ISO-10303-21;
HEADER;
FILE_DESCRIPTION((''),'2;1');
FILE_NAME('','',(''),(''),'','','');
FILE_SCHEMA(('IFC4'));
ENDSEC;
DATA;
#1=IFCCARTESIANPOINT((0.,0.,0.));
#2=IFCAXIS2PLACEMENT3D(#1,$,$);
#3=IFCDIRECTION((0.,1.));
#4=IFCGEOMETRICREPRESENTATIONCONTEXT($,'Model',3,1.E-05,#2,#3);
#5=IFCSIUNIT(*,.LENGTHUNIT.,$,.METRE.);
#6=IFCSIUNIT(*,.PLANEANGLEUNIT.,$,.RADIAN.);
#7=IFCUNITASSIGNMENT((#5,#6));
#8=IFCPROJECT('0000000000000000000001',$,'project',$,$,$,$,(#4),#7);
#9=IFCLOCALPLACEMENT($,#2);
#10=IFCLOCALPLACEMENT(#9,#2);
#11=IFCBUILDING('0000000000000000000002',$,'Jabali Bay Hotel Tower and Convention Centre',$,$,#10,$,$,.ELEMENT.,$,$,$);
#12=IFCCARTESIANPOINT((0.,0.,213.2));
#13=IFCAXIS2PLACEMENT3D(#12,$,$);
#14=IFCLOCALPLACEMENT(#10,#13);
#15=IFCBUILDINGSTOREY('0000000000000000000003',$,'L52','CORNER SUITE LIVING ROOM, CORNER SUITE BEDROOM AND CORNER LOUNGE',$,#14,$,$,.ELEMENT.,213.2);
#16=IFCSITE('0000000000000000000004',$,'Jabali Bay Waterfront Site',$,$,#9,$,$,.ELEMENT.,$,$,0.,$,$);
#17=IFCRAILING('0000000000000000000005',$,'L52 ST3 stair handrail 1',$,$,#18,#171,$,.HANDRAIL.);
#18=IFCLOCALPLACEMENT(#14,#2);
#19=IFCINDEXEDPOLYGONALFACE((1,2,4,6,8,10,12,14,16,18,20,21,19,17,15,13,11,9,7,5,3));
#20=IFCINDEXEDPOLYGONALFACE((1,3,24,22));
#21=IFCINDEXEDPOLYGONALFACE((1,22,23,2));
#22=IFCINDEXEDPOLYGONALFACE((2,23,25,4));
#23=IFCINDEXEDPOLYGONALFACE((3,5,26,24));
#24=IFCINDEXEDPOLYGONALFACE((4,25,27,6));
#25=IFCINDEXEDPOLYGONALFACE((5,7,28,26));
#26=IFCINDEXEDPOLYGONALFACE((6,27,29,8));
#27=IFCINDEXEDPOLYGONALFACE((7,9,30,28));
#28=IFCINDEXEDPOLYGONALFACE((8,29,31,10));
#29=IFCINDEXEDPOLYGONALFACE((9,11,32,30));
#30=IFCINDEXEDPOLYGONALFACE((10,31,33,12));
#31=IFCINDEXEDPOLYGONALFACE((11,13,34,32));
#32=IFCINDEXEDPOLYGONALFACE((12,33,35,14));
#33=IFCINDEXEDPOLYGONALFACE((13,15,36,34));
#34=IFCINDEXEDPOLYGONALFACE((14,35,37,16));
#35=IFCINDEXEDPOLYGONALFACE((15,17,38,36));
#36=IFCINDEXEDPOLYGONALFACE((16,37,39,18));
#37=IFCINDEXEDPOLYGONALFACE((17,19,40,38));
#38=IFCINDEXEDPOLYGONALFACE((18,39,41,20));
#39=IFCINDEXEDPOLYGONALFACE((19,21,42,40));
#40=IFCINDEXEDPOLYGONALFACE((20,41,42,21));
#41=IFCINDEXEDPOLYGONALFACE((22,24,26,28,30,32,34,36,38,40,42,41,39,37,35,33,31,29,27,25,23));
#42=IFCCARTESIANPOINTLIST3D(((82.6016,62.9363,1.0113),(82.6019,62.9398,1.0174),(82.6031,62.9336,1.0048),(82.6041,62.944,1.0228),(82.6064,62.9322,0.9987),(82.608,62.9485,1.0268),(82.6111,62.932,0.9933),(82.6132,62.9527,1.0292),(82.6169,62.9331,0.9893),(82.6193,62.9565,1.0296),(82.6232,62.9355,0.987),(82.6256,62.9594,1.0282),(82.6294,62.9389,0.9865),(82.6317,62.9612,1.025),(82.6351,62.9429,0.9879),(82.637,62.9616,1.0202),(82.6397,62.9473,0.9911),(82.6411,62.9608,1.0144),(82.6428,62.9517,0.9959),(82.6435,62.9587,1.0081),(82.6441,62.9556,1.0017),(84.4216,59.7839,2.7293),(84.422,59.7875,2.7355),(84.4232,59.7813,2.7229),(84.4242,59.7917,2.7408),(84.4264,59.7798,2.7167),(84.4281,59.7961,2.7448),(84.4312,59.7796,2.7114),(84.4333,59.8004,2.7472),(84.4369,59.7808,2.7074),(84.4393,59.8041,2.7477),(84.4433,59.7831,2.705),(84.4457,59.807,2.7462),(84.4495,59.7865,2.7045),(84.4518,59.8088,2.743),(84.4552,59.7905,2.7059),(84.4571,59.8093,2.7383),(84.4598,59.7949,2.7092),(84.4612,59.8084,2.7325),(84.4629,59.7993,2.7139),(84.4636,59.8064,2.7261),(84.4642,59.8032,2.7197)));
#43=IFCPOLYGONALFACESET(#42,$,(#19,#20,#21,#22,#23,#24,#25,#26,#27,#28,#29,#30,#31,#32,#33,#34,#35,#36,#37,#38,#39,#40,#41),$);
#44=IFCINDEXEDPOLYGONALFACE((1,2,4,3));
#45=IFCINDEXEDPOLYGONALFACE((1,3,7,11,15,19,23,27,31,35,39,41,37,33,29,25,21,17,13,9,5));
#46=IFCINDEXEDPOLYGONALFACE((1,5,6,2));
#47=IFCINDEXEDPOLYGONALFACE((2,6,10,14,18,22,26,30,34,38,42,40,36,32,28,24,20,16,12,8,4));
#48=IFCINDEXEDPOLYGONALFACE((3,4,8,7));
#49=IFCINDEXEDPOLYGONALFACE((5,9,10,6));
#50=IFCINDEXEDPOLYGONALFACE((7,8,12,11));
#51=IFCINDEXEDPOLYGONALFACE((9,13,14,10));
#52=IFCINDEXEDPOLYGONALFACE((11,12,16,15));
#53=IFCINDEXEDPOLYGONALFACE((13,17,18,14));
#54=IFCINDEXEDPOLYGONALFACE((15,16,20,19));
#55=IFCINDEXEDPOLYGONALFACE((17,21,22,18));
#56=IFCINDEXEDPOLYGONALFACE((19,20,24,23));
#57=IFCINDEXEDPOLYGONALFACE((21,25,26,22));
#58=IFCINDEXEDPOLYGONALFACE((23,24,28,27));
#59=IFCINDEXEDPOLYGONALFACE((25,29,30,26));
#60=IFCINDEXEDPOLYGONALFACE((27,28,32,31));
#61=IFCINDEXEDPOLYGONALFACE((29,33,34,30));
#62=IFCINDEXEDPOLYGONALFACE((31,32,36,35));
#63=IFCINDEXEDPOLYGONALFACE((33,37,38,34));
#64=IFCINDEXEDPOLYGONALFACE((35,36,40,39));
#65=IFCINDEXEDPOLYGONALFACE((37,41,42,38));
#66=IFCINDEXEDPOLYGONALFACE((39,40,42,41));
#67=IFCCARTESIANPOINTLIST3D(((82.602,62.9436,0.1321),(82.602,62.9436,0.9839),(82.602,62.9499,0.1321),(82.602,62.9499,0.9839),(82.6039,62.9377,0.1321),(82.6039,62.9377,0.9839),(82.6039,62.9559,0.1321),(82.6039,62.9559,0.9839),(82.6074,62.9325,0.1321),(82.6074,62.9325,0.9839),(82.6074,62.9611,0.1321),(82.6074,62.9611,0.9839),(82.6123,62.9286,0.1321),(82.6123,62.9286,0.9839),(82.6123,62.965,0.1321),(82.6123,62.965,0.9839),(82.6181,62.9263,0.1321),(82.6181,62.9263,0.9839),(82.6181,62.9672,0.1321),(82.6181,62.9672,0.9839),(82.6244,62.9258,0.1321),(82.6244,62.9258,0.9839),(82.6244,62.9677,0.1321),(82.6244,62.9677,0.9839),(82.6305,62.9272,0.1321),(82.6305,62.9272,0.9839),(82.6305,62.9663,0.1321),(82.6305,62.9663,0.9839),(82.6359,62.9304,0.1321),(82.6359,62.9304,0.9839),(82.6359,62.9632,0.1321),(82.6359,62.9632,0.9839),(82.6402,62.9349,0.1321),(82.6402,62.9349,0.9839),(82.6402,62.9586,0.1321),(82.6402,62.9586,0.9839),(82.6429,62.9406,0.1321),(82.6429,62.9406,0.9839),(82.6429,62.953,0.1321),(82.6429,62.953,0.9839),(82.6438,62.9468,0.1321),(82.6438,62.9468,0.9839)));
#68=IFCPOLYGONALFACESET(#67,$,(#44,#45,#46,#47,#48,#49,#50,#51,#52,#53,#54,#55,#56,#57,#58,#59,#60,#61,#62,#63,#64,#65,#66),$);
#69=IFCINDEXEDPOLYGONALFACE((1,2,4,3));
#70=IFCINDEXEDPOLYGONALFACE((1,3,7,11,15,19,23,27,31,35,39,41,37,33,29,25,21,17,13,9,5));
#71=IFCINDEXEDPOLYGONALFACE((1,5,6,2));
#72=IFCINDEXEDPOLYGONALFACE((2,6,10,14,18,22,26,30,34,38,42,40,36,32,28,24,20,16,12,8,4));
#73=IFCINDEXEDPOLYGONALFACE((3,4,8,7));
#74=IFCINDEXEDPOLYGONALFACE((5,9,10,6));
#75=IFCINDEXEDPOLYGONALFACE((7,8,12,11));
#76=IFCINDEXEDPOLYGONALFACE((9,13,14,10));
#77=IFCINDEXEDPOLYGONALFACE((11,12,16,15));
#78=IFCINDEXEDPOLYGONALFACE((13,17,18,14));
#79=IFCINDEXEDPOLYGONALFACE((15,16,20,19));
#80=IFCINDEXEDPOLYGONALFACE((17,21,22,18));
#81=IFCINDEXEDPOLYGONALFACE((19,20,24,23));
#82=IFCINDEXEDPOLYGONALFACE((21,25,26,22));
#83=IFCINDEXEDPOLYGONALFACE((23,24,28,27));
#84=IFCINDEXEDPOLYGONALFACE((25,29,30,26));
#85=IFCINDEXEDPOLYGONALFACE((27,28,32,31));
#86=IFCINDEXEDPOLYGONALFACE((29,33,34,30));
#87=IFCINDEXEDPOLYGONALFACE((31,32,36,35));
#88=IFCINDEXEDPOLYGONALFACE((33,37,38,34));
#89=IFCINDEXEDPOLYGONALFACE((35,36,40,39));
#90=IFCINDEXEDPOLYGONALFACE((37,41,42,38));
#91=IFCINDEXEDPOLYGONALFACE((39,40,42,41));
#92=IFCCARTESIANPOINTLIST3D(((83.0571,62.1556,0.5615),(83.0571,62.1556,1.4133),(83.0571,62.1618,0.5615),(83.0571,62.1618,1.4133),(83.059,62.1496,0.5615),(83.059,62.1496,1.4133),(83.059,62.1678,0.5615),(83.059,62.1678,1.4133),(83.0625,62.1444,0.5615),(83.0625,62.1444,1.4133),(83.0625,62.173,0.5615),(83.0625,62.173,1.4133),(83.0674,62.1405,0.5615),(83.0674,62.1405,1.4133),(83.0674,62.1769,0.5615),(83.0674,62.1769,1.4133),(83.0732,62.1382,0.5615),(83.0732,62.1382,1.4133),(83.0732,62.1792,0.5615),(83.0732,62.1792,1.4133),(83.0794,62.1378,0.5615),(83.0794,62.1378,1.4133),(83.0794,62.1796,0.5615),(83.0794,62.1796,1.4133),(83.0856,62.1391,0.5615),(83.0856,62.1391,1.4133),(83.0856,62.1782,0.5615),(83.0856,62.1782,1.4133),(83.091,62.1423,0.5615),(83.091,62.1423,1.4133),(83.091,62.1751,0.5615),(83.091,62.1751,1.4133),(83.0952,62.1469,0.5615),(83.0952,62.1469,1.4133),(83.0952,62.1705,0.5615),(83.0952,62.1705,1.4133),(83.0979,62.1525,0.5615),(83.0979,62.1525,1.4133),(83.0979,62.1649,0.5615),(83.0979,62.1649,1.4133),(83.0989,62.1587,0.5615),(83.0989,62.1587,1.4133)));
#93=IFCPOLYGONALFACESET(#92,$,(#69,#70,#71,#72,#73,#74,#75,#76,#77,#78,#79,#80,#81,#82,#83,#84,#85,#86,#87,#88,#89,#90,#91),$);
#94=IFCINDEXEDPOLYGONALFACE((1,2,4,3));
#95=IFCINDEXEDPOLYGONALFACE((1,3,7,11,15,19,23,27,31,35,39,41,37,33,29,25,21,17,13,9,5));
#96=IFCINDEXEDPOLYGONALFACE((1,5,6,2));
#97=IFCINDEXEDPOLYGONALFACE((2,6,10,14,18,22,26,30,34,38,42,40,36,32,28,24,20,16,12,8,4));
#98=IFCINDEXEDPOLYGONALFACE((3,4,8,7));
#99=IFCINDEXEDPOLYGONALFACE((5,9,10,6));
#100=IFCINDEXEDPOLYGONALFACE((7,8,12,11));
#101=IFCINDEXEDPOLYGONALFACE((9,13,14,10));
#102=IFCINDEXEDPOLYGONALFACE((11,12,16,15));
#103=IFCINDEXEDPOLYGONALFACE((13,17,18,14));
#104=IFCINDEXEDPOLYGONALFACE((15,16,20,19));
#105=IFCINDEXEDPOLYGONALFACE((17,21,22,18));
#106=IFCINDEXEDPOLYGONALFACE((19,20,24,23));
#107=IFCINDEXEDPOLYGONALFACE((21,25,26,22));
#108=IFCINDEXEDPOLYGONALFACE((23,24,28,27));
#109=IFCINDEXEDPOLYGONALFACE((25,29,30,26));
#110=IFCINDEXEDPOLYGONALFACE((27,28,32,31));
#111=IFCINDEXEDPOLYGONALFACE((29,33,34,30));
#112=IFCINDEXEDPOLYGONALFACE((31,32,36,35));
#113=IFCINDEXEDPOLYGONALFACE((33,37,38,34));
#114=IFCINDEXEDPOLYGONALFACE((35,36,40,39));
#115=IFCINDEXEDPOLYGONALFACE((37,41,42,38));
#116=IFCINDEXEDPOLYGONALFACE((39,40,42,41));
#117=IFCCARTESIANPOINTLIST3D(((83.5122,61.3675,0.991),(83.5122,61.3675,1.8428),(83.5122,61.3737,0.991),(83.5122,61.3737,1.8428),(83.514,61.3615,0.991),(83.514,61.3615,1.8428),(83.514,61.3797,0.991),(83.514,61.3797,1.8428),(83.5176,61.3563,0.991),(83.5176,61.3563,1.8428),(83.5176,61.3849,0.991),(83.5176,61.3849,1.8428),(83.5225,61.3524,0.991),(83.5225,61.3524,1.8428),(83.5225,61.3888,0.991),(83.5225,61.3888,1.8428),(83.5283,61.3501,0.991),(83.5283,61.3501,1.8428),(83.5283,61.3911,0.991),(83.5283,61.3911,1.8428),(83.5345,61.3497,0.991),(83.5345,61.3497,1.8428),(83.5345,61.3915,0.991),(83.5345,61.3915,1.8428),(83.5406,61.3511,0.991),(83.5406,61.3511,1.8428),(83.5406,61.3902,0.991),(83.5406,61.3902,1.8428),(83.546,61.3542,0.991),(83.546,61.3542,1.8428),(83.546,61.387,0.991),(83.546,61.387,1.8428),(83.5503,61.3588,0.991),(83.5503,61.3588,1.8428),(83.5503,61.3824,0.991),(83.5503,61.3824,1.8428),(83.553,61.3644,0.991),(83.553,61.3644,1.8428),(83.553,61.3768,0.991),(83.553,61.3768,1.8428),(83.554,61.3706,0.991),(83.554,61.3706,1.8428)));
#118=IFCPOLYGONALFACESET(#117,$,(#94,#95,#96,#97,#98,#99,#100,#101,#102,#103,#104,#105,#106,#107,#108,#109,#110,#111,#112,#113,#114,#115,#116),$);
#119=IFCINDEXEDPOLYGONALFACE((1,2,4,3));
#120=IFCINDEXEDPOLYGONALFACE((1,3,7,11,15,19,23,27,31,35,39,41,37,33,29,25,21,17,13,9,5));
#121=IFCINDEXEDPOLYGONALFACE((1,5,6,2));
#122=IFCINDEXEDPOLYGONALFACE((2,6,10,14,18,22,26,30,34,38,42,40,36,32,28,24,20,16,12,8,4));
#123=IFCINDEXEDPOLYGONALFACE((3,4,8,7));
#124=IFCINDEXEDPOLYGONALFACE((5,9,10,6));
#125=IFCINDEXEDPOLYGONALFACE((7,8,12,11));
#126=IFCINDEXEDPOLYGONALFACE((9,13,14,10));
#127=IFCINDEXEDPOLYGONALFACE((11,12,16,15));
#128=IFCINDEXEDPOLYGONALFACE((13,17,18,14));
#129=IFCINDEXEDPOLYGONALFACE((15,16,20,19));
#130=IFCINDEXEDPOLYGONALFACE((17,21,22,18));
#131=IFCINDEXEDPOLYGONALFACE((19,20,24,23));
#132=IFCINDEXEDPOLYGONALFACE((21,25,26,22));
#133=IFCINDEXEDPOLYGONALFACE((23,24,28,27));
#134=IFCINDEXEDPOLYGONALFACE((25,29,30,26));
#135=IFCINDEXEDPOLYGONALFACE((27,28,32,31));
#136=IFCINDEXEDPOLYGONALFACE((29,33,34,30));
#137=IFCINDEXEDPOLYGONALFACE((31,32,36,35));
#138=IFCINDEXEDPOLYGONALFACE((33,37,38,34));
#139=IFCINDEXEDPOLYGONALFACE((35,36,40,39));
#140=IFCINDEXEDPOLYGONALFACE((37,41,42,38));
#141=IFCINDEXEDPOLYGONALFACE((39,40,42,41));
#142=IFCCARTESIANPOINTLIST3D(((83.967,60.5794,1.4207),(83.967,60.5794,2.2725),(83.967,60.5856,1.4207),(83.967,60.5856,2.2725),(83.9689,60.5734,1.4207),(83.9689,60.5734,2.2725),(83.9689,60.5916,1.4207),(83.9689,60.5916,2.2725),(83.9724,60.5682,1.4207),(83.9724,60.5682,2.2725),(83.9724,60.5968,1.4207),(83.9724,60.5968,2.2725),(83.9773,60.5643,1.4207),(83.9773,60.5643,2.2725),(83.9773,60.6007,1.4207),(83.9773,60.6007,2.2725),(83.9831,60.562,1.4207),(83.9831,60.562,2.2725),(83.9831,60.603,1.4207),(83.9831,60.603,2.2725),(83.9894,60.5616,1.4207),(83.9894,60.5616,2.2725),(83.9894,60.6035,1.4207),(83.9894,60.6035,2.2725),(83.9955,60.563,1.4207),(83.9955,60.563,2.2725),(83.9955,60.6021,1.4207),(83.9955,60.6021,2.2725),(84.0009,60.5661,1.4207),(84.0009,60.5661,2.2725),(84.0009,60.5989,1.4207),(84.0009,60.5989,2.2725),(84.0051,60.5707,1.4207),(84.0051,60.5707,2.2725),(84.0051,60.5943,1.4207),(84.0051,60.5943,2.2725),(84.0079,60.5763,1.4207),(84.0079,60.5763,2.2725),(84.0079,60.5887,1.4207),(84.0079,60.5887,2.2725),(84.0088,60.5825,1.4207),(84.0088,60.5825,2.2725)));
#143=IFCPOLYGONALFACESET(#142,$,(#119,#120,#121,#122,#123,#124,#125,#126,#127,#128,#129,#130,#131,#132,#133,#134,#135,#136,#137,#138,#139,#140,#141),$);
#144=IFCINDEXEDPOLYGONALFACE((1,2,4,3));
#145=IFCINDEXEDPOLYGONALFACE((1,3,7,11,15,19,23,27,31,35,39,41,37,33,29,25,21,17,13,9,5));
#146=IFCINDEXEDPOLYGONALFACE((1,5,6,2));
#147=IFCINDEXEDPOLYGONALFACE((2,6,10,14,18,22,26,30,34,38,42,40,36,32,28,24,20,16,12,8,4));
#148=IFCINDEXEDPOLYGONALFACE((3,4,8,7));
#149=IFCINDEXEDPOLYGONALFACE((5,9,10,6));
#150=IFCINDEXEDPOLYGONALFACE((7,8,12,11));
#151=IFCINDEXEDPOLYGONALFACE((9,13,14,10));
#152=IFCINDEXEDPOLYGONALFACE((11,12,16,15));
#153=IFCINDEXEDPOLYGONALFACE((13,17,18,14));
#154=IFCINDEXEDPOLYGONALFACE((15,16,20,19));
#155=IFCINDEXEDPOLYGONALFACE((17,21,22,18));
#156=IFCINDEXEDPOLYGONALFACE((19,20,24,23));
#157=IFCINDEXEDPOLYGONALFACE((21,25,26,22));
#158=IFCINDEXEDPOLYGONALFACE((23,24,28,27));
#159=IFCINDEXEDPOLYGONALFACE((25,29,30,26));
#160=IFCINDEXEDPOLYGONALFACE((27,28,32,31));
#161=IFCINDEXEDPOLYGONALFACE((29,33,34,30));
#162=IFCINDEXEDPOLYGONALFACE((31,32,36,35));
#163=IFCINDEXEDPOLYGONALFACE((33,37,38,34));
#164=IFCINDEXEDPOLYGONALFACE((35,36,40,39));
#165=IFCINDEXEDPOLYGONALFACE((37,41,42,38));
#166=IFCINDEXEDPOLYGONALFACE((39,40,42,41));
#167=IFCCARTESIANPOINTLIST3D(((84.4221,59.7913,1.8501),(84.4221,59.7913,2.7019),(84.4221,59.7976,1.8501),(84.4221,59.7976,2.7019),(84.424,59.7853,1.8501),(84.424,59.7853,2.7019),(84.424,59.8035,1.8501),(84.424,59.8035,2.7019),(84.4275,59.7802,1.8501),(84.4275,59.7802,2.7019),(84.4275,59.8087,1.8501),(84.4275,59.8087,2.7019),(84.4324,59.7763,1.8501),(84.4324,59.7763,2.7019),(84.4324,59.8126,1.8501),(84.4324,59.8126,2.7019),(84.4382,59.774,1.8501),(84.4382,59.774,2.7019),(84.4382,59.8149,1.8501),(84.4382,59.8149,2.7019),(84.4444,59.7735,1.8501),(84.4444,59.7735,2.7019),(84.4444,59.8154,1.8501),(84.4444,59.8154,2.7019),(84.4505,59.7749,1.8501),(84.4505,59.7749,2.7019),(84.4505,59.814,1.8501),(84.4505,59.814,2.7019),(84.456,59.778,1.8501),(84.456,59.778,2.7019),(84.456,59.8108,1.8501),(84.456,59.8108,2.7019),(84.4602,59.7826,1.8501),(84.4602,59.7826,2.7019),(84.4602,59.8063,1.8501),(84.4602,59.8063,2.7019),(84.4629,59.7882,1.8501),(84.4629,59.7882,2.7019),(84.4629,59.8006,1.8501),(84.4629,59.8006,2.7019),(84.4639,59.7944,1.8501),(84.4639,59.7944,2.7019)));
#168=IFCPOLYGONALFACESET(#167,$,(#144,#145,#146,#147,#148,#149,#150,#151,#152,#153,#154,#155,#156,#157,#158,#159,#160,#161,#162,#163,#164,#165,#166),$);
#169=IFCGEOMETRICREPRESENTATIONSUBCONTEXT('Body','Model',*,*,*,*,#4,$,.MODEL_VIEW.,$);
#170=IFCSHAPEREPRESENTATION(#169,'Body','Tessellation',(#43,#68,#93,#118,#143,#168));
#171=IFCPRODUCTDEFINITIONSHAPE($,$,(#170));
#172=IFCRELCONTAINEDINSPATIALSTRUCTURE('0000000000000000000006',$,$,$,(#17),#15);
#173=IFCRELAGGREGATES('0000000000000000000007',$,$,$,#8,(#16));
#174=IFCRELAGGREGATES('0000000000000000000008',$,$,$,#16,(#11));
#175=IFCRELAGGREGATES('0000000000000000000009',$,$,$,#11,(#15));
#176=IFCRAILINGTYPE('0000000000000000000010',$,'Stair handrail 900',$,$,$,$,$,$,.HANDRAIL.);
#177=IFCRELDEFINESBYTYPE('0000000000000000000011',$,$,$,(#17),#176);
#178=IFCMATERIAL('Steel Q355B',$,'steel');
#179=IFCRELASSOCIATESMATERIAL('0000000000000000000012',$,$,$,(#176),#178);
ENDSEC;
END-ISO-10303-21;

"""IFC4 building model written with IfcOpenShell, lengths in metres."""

from ifc_helpers import new_model, si_unit, direction, frame, origin, origin_2d, place, context, subcontext, project, spatial, circle, extrude, material, type_object, element, save


model = new_model("IFC4")

# Units and contexts
model_context = context("Model", 3, precision=1e-05, world=origin(), true_north=direction((0.0, 1.0)))
body_context = subcontext(model_context, "Body", "Model", "MODEL_VIEW")
ifc_project = project(units=[si_unit("LENGTHUNIT", "METRE"), si_unit("PLANEANGLEUNIT", "RADIAN")], contexts=[model_context])

# Site, building, storey
site_placement = place(None, origin())
site = spatial("IfcSite", under=ifc_project, at=site_placement, Name="Jabali Bay Waterfront Site", CompositionType="ELEMENT", RefElevation=0.0)
building_placement = place(site_placement, origin())
building = spatial("IfcBuilding", under=site, at=building_placement, Name="Jabali Bay Hotel Tower and Convention Centre", CompositionType="ELEMENT")
storey_placement = place(building_placement, frame((0.0, 0.0, 213.2)))
storey = spatial("IfcBuildingStorey", under=building, at=storey_placement, Name="L52", Description="CORNER SUITE LIVING ROOM, CORNER SUITE BEDROOM AND CORNER LOUNGE", CompositionType="ELEMENT", Elevation=213.2)

# Railing
ifc_material_1 = material(Name="Steel Q355B", Category="steel")
railing_type_1 = type_object("IfcRailingType", Name="Stair handrail 900", PredefinedType="HANDRAIL", material=ifc_material_1)
railing_1_placement = place(storey_placement, frame((82.6228, 62.9468, 0.1321)))
element("IfcRailing", 1, at=railing_1_placement, inside=storey, type_object=railing_type_1, Name="L52 ST3 stair handrail 1", PredefinedType="HANDRAIL", context=body_context, shape_type="SweptSolid", body=[
    extrude(circle(Radius=0.0239, at=origin_2d()), frame((0.0, 0.0, 0.876), z_axis=(0.452179, -0.78317, 0.426825), x_axis=(0.866018, 0.500013, 0.0)), (0.0, 0.0, 1.0), 4.0251),
    extrude(circle(Radius=0.021, at=origin_2d()), origin(), (0.0, 0.0, 1.0), 0.8518),
    extrude(circle(Radius=0.021, at=origin_2d()), frame((0.4551, -0.7881, 0.4294)), (0.0, 0.0, 1.0), 0.8518),
    extrude(circle(Radius=0.021, at=origin_2d()), frame((0.9102, -1.5762, 0.8589)), (0.0, 0.0, 1.0), 0.8518),
    extrude(circle(Radius=0.021, at=origin_2d()), frame((1.365, -2.3643, 1.2886)), (0.0, 0.0, 1.0), 0.8518),
    extrude(circle(Radius=0.021, at=origin_2d()), frame((1.8201, -3.1523, 1.718)), (0.0, 0.0, 1.0), 0.8518),
])

save(model, "model.ifc")
